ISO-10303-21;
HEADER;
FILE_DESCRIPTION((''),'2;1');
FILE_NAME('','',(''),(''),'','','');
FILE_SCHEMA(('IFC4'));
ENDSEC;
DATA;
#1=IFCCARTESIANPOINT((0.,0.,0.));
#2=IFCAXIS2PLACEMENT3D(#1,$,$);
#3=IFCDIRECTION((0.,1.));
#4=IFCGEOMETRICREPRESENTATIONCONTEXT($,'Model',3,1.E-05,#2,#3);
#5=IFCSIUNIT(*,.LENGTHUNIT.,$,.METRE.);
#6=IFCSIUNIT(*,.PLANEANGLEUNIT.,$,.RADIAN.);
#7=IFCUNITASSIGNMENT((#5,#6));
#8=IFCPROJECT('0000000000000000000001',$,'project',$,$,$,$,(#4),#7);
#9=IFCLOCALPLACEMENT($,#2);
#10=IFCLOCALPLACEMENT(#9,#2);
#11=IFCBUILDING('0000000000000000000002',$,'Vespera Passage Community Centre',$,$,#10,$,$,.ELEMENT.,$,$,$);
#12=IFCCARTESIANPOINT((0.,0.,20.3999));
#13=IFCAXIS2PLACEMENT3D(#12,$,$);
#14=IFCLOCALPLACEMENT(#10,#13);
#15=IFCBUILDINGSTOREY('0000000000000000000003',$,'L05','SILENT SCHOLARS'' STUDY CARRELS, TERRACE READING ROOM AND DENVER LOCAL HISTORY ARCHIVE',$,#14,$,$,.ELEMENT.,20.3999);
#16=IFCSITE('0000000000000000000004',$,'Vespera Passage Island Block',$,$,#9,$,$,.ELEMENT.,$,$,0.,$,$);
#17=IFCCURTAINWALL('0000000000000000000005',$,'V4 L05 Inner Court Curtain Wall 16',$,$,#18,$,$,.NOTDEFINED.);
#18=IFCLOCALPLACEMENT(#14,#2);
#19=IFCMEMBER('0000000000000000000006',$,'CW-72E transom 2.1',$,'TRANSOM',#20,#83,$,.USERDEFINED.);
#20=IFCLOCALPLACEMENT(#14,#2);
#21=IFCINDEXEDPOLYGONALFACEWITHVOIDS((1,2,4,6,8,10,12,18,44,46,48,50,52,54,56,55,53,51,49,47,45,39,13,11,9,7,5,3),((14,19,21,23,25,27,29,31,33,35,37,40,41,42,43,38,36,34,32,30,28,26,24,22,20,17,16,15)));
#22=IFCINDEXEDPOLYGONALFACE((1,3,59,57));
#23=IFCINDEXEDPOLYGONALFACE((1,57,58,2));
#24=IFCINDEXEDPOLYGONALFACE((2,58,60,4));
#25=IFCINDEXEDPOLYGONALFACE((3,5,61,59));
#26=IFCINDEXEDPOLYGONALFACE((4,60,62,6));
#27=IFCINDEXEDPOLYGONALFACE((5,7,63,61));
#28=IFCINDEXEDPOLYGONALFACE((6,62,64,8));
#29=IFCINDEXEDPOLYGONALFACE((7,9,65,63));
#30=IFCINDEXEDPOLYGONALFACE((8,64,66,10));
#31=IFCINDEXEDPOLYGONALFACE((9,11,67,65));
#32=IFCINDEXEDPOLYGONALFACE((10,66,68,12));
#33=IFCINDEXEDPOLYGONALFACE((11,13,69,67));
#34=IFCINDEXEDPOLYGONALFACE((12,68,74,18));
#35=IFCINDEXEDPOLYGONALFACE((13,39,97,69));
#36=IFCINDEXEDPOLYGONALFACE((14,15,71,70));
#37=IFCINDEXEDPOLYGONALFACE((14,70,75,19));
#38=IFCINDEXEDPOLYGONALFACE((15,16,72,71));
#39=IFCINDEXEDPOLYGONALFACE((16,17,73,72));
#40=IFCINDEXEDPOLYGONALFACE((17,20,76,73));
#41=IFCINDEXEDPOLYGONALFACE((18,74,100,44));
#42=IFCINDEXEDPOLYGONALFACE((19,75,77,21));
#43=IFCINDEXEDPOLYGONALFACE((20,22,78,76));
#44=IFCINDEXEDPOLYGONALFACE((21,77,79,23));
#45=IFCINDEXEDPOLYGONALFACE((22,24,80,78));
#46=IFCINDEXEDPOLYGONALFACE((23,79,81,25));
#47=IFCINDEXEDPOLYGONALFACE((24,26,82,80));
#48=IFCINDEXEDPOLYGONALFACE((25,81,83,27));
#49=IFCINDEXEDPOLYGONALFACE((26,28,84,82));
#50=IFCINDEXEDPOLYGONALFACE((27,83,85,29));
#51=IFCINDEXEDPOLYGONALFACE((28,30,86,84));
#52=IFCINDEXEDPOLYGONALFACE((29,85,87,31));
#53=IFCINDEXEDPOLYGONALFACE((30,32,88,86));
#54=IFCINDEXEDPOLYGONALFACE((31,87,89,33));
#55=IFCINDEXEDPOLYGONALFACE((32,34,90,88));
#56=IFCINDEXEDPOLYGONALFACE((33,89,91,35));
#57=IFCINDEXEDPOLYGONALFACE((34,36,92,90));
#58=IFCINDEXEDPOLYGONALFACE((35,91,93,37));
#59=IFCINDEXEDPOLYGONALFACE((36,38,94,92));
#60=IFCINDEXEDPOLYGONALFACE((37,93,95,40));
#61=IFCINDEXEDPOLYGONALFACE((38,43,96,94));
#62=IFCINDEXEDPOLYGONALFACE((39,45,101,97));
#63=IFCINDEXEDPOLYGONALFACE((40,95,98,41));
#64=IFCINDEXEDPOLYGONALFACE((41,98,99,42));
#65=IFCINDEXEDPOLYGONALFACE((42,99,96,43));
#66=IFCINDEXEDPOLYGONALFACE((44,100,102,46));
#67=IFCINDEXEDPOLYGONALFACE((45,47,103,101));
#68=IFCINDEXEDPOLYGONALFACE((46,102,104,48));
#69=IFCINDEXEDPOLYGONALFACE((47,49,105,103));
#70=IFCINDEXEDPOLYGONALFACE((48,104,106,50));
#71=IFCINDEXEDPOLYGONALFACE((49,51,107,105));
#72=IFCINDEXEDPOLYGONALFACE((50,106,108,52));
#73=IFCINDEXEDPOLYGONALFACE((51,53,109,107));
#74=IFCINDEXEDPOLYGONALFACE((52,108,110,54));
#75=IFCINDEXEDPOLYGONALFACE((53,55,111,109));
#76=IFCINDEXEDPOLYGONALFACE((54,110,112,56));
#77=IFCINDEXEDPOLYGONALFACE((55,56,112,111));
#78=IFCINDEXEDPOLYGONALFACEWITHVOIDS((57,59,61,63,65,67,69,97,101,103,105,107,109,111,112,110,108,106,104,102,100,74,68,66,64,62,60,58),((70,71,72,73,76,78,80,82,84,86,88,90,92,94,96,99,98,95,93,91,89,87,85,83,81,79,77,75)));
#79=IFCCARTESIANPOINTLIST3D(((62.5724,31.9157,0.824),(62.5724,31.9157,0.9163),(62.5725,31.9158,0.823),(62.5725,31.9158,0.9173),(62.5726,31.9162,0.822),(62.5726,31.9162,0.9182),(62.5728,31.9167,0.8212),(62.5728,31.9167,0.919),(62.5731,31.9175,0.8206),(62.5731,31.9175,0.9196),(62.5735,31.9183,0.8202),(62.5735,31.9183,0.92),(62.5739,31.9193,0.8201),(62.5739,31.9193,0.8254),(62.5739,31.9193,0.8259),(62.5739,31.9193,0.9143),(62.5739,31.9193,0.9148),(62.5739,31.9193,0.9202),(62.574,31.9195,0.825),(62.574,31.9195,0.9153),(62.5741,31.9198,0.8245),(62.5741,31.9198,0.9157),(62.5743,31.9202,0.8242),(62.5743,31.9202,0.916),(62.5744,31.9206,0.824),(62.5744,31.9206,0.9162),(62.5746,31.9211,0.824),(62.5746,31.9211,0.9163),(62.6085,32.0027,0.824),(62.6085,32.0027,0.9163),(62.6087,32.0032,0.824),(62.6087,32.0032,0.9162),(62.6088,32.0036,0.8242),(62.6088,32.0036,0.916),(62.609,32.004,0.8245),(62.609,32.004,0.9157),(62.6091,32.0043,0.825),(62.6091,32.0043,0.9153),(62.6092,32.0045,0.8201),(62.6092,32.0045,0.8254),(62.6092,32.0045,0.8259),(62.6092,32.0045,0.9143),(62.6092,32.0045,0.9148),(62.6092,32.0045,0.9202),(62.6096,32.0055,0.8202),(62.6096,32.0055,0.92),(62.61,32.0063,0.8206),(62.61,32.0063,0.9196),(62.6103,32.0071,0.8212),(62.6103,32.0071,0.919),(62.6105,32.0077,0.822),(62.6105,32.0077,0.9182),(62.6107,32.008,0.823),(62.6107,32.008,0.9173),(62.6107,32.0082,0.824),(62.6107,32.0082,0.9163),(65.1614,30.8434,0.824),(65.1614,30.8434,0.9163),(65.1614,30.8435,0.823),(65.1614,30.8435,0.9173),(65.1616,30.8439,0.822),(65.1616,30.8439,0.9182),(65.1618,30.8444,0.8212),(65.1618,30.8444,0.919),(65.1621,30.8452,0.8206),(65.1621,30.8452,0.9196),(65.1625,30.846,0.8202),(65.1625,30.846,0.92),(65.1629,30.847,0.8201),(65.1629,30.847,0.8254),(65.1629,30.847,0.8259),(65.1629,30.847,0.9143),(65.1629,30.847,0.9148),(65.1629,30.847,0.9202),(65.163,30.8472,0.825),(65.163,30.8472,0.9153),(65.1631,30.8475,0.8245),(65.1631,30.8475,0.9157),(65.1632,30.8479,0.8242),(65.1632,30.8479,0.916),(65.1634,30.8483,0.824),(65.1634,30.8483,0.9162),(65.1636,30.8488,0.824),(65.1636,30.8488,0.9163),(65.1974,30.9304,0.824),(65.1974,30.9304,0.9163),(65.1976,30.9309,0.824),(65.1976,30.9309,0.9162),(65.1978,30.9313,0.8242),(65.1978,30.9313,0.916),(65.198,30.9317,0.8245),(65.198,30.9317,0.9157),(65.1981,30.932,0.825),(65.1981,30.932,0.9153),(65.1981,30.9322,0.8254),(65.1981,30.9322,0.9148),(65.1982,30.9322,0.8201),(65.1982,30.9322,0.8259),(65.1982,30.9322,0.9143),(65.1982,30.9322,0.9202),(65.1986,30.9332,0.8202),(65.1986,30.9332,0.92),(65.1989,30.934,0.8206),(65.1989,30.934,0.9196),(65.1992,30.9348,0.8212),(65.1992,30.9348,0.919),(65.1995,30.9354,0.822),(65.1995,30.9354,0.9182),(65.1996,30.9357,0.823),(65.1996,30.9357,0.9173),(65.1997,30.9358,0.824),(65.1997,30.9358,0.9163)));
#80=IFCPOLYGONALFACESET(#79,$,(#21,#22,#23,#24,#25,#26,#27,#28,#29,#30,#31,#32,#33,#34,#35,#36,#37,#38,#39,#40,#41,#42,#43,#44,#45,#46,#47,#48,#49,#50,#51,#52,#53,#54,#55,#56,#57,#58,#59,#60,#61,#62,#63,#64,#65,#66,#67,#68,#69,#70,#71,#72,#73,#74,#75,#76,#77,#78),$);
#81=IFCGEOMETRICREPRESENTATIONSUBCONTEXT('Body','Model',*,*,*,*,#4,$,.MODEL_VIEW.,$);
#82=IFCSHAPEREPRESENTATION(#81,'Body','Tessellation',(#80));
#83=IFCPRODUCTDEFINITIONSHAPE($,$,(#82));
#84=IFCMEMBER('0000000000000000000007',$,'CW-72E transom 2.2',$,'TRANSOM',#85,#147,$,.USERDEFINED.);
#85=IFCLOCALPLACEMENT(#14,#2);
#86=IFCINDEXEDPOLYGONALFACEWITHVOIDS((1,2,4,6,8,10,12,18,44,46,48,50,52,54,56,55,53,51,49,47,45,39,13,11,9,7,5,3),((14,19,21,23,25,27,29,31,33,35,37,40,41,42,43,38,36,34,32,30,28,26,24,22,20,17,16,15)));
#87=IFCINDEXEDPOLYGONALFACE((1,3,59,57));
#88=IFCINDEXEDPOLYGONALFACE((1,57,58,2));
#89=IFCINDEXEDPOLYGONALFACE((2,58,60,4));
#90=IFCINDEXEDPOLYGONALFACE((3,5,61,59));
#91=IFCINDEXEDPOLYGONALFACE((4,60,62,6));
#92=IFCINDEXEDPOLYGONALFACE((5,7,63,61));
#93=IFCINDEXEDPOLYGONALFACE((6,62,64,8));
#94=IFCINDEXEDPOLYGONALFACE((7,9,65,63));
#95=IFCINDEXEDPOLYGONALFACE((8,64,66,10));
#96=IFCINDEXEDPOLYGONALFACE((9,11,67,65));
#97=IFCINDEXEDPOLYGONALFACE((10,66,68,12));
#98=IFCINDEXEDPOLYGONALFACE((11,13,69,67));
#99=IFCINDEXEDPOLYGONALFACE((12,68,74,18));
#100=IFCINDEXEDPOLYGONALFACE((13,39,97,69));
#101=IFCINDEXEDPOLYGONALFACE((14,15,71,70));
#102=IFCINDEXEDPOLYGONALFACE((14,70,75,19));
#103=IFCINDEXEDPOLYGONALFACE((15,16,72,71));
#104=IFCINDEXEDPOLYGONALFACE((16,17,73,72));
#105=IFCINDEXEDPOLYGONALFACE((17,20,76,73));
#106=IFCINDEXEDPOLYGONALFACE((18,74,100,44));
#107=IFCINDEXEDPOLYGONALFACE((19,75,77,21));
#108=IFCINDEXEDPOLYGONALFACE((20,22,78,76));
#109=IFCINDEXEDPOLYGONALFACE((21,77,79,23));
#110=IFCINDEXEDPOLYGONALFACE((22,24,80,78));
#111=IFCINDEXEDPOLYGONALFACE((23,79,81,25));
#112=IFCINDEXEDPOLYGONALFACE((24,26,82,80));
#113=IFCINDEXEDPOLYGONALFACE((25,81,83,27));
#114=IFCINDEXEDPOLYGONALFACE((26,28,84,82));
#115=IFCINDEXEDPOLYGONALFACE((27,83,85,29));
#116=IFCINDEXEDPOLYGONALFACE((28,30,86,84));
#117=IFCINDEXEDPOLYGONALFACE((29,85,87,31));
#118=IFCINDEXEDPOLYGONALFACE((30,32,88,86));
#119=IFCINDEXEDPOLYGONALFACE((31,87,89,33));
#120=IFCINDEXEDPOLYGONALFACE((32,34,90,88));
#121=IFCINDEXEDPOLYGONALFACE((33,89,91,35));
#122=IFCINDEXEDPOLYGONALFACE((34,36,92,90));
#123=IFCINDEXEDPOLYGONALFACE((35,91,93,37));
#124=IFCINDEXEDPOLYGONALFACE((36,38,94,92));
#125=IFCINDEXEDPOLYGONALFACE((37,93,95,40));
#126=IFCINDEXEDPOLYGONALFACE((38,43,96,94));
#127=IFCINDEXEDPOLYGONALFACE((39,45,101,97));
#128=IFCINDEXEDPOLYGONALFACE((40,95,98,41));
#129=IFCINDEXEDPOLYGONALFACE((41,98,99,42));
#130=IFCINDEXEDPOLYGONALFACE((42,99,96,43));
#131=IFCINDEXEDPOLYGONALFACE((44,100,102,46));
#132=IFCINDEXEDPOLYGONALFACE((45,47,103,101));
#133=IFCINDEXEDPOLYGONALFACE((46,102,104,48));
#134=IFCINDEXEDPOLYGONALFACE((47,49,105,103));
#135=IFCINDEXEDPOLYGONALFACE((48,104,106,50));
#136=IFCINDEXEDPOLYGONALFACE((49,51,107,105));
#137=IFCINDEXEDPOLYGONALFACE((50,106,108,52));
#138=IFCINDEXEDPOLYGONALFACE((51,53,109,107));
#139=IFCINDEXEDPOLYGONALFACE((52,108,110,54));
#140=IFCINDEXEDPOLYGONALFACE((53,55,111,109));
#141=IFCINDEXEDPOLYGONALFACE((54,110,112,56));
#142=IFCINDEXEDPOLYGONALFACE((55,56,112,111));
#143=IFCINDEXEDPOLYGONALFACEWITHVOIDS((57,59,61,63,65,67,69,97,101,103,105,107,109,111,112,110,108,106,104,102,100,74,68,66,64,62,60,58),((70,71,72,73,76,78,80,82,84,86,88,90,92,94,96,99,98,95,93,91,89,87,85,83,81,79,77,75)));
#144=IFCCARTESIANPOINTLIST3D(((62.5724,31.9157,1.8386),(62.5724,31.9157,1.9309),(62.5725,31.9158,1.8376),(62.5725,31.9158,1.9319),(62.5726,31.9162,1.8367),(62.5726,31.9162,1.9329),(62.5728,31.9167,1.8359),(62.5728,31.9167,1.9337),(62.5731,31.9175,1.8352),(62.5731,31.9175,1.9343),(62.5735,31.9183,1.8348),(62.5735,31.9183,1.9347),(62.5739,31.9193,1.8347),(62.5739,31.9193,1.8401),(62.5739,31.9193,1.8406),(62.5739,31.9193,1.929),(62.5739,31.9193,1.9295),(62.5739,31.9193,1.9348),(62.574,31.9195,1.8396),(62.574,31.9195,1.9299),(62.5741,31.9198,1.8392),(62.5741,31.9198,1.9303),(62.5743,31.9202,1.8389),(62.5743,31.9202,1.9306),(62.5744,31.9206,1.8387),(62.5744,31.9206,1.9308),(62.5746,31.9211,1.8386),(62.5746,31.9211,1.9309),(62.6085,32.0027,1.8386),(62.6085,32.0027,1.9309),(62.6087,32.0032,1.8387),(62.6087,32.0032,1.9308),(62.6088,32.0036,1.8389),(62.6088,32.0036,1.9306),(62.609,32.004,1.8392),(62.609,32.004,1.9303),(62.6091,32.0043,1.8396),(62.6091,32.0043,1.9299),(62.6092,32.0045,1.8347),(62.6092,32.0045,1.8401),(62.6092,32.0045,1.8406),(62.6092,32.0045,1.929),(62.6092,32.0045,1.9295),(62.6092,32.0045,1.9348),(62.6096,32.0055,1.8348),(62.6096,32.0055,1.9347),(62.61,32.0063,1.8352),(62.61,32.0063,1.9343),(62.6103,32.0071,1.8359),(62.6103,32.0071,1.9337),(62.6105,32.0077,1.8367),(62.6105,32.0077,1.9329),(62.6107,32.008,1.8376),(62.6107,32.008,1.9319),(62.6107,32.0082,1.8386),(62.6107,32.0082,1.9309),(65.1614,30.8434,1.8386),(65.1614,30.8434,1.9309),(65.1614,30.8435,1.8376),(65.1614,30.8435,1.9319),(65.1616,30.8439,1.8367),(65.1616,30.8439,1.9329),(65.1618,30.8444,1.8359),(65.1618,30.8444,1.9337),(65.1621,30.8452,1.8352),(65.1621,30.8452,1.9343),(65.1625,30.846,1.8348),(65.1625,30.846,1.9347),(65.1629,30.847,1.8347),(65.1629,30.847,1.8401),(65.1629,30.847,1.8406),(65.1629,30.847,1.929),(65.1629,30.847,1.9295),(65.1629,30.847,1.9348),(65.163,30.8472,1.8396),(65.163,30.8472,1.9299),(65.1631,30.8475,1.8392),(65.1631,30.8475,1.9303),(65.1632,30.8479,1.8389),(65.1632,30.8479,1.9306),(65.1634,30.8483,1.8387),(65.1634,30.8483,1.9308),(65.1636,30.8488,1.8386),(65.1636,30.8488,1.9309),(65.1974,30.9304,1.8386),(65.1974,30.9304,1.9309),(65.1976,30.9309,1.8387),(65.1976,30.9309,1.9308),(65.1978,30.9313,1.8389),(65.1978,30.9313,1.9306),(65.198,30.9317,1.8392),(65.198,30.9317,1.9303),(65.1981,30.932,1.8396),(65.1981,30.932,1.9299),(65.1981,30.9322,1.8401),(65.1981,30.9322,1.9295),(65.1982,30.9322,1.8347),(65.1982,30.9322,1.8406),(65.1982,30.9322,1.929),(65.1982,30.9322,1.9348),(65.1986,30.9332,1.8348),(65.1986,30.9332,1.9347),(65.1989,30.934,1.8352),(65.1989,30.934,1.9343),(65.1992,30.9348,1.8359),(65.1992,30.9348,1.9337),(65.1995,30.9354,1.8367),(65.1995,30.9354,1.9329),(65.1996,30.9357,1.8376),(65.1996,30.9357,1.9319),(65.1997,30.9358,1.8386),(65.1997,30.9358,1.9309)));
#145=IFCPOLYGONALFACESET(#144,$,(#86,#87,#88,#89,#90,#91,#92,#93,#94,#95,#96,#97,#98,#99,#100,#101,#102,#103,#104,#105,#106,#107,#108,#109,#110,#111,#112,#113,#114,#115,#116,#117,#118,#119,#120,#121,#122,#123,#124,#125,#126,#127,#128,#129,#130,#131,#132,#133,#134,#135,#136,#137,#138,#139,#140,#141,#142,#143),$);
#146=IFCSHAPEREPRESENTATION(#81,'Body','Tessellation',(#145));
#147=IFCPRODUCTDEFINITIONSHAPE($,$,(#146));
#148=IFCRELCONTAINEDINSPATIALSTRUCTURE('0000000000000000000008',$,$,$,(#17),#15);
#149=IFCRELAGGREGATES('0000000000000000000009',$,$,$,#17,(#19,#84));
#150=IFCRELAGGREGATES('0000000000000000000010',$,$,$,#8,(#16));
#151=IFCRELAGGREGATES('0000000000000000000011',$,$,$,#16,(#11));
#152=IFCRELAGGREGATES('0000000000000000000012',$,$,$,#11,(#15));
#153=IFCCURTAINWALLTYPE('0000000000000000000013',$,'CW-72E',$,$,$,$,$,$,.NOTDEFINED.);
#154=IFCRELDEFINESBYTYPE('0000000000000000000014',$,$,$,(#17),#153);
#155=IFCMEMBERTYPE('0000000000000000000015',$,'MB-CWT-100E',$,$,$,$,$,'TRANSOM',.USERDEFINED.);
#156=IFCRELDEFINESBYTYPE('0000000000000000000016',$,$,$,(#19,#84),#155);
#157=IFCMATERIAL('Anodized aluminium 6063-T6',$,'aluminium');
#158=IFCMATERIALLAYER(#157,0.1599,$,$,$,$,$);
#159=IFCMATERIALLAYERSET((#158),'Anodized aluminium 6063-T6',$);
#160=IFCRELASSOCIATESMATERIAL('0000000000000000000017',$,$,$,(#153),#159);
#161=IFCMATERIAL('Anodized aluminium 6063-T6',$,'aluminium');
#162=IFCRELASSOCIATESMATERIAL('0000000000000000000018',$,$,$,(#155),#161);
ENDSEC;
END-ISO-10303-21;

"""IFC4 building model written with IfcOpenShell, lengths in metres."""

from ifc_helpers import new_model, si_unit, direction, frame, origin, origin_2d, place, context, subcontext, project, spatial, hollow_rectangle, extrude, material, layer, layer_set, material_profile, profile_set, type_object, element, aggregate, save


model = new_model("IFC4")

# Units and contexts
model_context = context("Model", 3, precision=1e-05, world=origin(), true_north=direction((0.0, 1.0)))
body_context = subcontext(model_context, "Body", "Model", "MODEL_VIEW")
ifc_project = project(units=[si_unit("LENGTHUNIT", "METRE"), si_unit("PLANEANGLEUNIT", "RADIAN")], contexts=[model_context])

# Site, building, storey
site_placement = place(None, origin())
site = spatial("IfcSite", under=ifc_project, at=site_placement, Name="Vespera Passage Island Block", CompositionType="ELEMENT", RefElevation=0.0)
building_placement = place(site_placement, origin())
building = spatial("IfcBuilding", under=site, at=building_placement, Name="Vespera Passage Community Centre", CompositionType="ELEMENT")
storey_placement = place(building_placement, frame((0.0, 0.0, 20.3999)))
storey = spatial("IfcBuildingStorey", under=building, at=storey_placement, Name="L05", Description="SILENT SCHOLARS' STUDY CARRELS, TERRACE READING ROOM AND DENVER LOCAL HISTORY ARCHIVE", CompositionType="ELEMENT", Elevation=20.3999)

# Curtain wall, members
ifc_material_1 = material(Name="Anodized aluminium 6063-T6", Category="aluminium")
ifc_layer_1 = layer(ifc_material_1, 0.1599)
ifc_layer_set_1 = layer_set([ifc_layer_1], Name="Anodized aluminium 6063-T6")
curtain_wall_type_1 = type_object("IfcCurtainWallType", Name="CW-72E", PredefinedType="NOTDEFINED", material=ifc_layer_set_1)
curtain_wall_1_placement = place(storey_placement, origin())
curtain_wall_1 = element("IfcCurtainWall", 1, at=curtain_wall_1_placement, inside=storey, type_object=curtain_wall_type_1, Name="V4 L05 Inner Court Curtain Wall 16", PredefinedType="NOTDEFINED")
ifc_material_2 = material(Name="Anodized aluminium 6063-T6", Category="aluminium")
ifc_material_profile_1 = material_profile(ifc_material_2, hollow_rectangle(XDim=0.1001, YDim=0.1001, WallThickness=0.0039, InnerFilletRadius=0.002, OuterFilletRadius=0.0039, at=origin_2d()), Name="ALU100X100X4")
ifc_profile_set_1 = profile_set([ifc_material_profile_1], Name="Anodized aluminium 6063-T6")
member_type_1 = type_object("IfcMemberType", Name="MB-CWT-100E", ElementType="TRANSOM", PredefinedType="USERDEFINED", material=ifc_profile_set_1)
member_1_placement = place(storey_placement, frame((62.5916, 31.9619, 0.8701), z_axis=(0.923889, -0.38266, 0.0), x_axis=(0.38266, 0.923889, 0.0)))
member_1 = element("IfcMember", 2, at=member_1_placement, type_object=member_type_1, Name="CW-72E transom 2.1", ObjectType="TRANSOM", PredefinedType="USERDEFINED", context=body_context, shape_type="SweptSolid", body=[
    extrude(hollow_rectangle(XDim=0.1001, YDim=0.1001, WallThickness=0.0039, InnerFilletRadius=0.002, OuterFilletRadius=0.0039, at=origin_2d()), origin(), (0.0, 0.0, 1.0), 2.8022),
])
member_2_placement = place(storey_placement, frame((62.5916, 31.9619, 1.8848), z_axis=(0.923889, -0.38266, 0.0), x_axis=(0.38266, 0.923889, 0.0)))
member_2 = element("IfcMember", 3, at=member_2_placement, type_object=member_type_1, Name="CW-72E transom 2.2", ObjectType="TRANSOM", PredefinedType="USERDEFINED", context=body_context, shape_type="SweptSolid", body=[
    extrude(hollow_rectangle(XDim=0.1001, YDim=0.1001, WallThickness=0.0039, InnerFilletRadius=0.002, OuterFilletRadius=0.0039, at=origin_2d()), origin(), (0.0, 0.0, 1.0), 2.8022),
])

aggregate(curtain_wall_1, [member_1, member_2])

save(model, "model.ifc")
